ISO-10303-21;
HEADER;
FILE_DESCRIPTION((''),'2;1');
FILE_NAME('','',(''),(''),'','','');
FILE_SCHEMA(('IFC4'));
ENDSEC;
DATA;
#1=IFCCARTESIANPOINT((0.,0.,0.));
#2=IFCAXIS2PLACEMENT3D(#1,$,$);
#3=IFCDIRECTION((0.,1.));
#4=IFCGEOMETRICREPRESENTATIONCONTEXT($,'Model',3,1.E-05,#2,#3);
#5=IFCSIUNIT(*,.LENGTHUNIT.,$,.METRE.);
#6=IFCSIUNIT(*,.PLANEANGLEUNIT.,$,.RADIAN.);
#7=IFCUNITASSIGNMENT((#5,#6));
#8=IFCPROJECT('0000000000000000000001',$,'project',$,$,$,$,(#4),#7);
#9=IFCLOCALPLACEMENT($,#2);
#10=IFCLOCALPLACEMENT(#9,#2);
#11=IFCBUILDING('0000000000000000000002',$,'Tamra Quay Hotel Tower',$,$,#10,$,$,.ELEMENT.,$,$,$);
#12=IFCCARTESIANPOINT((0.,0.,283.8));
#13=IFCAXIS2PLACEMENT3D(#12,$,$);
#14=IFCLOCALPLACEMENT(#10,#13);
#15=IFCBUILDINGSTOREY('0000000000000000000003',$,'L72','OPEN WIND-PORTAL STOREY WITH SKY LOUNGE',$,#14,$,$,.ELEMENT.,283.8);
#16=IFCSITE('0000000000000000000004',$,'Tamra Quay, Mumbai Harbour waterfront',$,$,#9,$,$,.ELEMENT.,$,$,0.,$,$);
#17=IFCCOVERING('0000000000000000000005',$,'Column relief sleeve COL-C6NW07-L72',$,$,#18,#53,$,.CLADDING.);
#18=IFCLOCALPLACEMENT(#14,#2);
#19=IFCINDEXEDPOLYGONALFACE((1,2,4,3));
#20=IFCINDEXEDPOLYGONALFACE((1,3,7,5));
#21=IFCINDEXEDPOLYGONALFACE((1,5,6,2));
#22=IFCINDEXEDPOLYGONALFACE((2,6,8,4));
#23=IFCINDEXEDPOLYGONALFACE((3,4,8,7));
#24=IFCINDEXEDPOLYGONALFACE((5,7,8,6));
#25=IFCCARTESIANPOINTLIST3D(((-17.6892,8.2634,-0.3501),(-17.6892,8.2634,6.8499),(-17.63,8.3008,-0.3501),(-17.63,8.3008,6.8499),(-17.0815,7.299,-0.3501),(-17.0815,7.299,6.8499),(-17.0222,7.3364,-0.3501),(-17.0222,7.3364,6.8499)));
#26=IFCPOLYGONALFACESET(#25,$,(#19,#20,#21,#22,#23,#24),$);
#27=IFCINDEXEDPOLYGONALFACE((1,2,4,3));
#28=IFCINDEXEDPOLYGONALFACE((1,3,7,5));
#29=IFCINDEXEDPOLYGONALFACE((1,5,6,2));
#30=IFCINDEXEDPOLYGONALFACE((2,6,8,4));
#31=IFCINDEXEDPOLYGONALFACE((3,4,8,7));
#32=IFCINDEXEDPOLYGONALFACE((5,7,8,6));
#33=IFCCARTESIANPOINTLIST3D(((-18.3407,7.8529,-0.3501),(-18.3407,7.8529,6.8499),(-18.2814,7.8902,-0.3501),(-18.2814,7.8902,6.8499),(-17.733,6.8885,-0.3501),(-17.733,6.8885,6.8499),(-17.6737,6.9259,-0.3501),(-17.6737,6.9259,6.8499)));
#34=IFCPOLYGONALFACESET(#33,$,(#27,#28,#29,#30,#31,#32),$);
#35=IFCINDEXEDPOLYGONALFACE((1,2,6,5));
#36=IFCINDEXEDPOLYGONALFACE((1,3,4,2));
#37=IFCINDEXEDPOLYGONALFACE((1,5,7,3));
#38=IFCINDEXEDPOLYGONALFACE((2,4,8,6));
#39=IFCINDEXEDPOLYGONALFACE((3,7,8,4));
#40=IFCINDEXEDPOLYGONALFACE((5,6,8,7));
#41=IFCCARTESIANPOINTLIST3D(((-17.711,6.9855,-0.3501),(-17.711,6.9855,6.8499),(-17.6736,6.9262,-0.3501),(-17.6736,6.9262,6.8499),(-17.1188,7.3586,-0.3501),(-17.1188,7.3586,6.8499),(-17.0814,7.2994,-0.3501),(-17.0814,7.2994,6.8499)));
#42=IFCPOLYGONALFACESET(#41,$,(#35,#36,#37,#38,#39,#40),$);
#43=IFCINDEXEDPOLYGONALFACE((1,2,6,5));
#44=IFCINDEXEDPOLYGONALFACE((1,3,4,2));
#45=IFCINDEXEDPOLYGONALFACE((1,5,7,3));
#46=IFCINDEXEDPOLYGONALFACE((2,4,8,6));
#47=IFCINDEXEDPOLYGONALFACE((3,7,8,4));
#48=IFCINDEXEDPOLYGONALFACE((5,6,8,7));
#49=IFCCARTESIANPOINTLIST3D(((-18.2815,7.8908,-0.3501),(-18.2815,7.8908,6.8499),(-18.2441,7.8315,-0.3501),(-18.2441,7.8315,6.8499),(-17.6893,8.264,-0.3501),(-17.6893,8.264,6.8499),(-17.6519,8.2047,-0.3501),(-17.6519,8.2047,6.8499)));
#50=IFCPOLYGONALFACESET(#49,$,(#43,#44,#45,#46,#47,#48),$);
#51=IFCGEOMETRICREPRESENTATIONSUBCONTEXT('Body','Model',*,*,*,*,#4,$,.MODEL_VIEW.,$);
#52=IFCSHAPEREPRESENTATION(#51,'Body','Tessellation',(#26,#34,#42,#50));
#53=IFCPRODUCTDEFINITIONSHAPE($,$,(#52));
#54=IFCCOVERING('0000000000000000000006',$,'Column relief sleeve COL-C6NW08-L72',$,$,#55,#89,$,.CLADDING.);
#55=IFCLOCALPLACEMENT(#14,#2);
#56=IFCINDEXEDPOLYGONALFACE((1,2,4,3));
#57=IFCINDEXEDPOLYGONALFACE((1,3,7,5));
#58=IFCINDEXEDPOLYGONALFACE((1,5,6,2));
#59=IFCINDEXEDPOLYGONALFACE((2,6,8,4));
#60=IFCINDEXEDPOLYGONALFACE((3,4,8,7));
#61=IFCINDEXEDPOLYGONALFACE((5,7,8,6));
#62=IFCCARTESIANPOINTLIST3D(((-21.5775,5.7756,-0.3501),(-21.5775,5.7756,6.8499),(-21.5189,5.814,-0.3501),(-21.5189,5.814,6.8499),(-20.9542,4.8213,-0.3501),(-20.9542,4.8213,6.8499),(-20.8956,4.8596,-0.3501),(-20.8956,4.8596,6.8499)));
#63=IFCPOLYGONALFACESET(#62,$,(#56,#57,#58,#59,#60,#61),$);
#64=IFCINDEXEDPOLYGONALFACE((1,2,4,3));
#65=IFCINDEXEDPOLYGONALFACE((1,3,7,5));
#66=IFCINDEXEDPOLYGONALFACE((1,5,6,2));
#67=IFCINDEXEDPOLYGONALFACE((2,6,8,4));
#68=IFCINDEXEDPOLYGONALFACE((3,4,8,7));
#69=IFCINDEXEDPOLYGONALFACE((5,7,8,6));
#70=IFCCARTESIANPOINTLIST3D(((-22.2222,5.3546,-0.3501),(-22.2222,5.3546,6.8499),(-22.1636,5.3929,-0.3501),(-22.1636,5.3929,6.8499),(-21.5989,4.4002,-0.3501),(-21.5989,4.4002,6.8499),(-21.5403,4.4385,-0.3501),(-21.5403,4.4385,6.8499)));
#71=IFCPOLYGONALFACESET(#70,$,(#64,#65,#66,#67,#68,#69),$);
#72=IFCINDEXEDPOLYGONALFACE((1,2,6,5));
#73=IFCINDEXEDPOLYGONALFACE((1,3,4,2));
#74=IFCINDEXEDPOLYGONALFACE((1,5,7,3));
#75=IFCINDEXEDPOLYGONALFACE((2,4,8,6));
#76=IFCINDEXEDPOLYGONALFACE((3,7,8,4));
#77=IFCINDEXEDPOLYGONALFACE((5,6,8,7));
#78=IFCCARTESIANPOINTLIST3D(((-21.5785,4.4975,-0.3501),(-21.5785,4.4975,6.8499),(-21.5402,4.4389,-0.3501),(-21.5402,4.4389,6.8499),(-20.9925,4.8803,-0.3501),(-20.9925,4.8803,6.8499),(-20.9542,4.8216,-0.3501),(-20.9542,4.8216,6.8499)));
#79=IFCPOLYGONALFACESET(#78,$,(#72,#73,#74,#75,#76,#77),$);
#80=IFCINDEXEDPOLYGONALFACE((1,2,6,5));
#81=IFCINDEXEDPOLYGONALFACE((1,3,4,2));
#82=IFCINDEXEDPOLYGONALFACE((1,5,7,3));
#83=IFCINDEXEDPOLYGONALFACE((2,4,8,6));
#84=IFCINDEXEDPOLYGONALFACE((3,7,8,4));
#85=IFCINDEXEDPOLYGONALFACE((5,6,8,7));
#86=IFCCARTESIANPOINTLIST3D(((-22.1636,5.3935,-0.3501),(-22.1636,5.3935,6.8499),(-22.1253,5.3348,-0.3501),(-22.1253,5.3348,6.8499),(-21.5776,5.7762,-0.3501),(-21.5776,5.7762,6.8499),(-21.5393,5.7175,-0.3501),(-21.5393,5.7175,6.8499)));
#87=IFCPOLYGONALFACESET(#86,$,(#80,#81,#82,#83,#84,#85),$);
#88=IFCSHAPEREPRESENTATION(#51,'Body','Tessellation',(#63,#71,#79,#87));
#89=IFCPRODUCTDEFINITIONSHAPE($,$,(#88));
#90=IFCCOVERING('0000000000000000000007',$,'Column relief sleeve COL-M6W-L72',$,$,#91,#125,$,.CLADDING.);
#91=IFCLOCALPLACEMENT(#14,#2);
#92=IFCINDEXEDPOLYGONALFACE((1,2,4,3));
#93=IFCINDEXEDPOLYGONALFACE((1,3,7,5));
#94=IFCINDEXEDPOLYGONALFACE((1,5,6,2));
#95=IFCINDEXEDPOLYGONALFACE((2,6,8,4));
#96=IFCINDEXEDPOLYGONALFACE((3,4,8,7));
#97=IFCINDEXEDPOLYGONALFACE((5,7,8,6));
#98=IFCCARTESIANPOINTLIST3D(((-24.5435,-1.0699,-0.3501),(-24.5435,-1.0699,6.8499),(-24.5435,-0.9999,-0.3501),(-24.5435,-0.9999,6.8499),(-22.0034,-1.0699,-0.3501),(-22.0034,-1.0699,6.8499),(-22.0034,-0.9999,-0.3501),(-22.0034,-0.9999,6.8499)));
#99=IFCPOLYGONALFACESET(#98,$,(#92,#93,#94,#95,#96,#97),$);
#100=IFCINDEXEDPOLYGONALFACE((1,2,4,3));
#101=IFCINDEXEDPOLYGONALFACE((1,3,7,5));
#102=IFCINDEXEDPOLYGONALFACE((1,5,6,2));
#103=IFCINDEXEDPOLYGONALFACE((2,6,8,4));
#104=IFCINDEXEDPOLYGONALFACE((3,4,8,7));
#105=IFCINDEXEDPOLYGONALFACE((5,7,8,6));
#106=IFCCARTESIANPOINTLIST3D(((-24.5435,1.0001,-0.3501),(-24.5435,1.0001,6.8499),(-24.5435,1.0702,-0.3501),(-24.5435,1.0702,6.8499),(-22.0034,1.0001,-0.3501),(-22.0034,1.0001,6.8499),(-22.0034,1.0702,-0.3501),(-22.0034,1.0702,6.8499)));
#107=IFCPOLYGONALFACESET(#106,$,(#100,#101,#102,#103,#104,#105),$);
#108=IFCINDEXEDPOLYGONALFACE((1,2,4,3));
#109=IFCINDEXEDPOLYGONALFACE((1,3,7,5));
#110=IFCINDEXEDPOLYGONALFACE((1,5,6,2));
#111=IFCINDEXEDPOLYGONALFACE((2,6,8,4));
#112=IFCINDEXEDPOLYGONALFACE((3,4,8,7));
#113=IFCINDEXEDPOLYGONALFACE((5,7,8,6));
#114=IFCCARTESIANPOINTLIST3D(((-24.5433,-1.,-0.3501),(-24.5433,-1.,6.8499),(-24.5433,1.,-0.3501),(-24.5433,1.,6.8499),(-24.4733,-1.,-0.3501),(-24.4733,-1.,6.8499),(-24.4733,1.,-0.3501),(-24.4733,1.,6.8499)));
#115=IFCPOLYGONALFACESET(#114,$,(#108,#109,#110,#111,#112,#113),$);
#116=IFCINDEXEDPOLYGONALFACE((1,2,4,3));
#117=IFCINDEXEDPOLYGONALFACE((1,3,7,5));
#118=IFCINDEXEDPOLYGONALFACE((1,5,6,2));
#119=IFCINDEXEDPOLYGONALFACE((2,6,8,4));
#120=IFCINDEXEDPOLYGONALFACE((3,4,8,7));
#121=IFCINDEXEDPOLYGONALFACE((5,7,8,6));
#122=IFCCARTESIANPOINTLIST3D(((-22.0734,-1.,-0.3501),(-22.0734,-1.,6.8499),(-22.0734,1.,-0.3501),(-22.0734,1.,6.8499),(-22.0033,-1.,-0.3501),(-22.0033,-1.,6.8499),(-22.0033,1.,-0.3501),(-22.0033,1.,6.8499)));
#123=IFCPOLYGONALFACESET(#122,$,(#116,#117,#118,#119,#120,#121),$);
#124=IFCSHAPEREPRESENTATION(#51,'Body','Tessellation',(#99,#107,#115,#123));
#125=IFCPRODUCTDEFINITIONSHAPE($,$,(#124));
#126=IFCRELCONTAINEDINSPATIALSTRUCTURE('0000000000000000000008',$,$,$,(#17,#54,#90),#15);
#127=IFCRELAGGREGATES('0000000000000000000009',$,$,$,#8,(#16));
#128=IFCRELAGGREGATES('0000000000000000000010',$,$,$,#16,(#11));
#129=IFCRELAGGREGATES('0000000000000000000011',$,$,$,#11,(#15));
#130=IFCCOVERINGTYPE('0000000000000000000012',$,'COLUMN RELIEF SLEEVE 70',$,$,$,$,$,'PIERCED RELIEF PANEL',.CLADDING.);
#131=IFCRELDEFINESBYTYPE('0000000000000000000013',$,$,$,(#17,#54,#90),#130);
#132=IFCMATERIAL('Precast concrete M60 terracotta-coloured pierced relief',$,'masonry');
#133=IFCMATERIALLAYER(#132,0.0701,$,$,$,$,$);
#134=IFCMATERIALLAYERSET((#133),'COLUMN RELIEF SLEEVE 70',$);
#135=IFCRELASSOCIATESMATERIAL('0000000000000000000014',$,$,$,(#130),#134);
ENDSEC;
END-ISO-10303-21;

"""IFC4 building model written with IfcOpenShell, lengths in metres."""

from ifc_helpers import new_model, si_unit, direction, frame, frame_2d, origin, place, context, subcontext, project, spatial, rectangle, extrude, source, transform, mapped, material, layer, layer_set, type_object, element, save


model = new_model("IFC4")

# Units and contexts
model_context = context("Model", 3, precision=1e-05, world=origin(), true_north=direction((0.0, 1.0)))
body_context = subcontext(model_context, "Body", "Model", "MODEL_VIEW")
ifc_project = project(units=[si_unit("LENGTHUNIT", "METRE"), si_unit("PLANEANGLEUNIT", "RADIAN")], contexts=[model_context])

# Site, building, storey
site_placement = place(None, origin())
site = spatial("IfcSite", under=ifc_project, at=site_placement, Name="Tamra Quay, Mumbai Harbour waterfront", CompositionType="ELEMENT", RefElevation=0.0)
building_placement = place(site_placement, origin())
building = spatial("IfcBuilding", under=site, at=building_placement, Name="Tamra Quay Hotel Tower", CompositionType="ELEMENT")
storey_placement = place(building_placement, frame((0.0, 0.0, 283.8)))
storey = spatial("IfcBuildingStorey", under=building, at=storey_placement, Name="L72", Description="OPEN WIND-PORTAL STOREY WITH SKY LOUNGE", CompositionType="ELEMENT", Elevation=283.8)

# Shared definitions
ifc_material_1 = material(Name="Precast concrete M60 terracotta-coloured pierced relief", Category="masonry")

# Coverings
ifc_layer_1 = layer(ifc_material_1, 0.0701)
ifc_layer_set_1 = layer_set([ifc_layer_1], Name="COLUMN RELIEF SLEEVE 70")
covering_type_1 = type_object("IfcCoveringType", Name="COLUMN RELIEF SLEEVE 70", ElementType="PIERCED RELIEF PANEL", PredefinedType="CLADDING", material=ifc_layer_set_1)
shared_shape_1 = source(origin(), body_context, "Body", "SweptSolid", [
    extrude(rectangle(XDim=1.1399, YDim=0.0701, at=frame_2d((0.5698, 0.0352))), frame((-0.5701, -0.4199, 0.0)), (0.0, 0.0, 1.0), 7.2),
    extrude(rectangle(XDim=1.1399, YDim=0.0701, at=frame_2d((0.5698, 0.0352))), frame((-0.5701, 0.3501, 0.0)), (0.0, 0.0, 1.0), 7.2),
    extrude(rectangle(XDim=0.0701, YDim=0.7, at=frame_2d((0.0352, 0.3501))), frame((-0.5701, -0.3501, 0.0)), (0.0, 0.0, 1.0), 7.2),
    extrude(rectangle(XDim=0.0701, YDim=0.7, at=frame_2d((0.0352, 0.3501))), frame((0.5, -0.3501, 0.0)), (0.0, 0.0, 1.0), 7.2),
])
for number, where, z_axis, x_axis, name in (
    (1, (-17.6814, 7.595, -0.3501), (0.0, 0.0, 1.0), (-0.533133, 0.846031, 0.0), "Column relief sleeve COL-C6NW07-L72"),
    (2, (-21.5588, 5.1074, -0.3501), (0.0, 0.0, 1.0), (-0.546805, 0.83726, 0.0), "Column relief sleeve COL-C6NW08-L72"),
):
    element("IfcCovering", number, at=place(storey_placement, frame(where, z_axis=z_axis, x_axis=x_axis)), inside=storey, type_object=covering_type_1, Name=name, PredefinedType="CLADDING", context=body_context, shape_type="MappedRepresentation", body=[
        mapped(shared_shape_1, transform((0.0, 0.0, 0.0), scale=1.0)),
    ])
shared_shape_2 = source(origin(), body_context, "Body", "SweptSolid", [
    extrude(rectangle(XDim=2.54, YDim=0.0701, at=frame_2d((1.27, 0.0352))), frame((-1.27, -1.0701, 0.0)), (0.0, 0.0, 1.0), 7.2),
    extrude(rectangle(XDim=2.54, YDim=0.0701, at=frame_2d((1.27, 0.0352))), frame((-1.27, 1.0, 0.0)), (0.0, 0.0, 1.0), 7.2),
    extrude(rectangle(XDim=0.0701, YDim=2.0, at=frame_2d((0.0352, 1.0))), frame((-1.27, -1.0, 0.0)), (0.0, 0.0, 1.0), 7.2),
    extrude(rectangle(XDim=0.0701, YDim=2.0, at=frame_2d((0.0352, 1.0))), frame((1.2, -1.0, 0.0)), (0.0, 0.0, 1.0), 7.2),
])
covering_1_placement = place(storey_placement, frame((-23.2734, 0.0, -0.3501), z_axis=(0.0, 0.0, 1.0), x_axis=(1.0, 0.0, 0.0)))
element("IfcCovering", 3, at=covering_1_placement, inside=storey, type_object=covering_type_1, Name="Column relief sleeve COL-M6W-L72", PredefinedType="CLADDING", context=body_context, shape_type="MappedRepresentation", body=[
    mapped(shared_shape_2, transform((0.0, 0.0, 0.0), scale=1.0)),
])

save(model, "model.ifc")
